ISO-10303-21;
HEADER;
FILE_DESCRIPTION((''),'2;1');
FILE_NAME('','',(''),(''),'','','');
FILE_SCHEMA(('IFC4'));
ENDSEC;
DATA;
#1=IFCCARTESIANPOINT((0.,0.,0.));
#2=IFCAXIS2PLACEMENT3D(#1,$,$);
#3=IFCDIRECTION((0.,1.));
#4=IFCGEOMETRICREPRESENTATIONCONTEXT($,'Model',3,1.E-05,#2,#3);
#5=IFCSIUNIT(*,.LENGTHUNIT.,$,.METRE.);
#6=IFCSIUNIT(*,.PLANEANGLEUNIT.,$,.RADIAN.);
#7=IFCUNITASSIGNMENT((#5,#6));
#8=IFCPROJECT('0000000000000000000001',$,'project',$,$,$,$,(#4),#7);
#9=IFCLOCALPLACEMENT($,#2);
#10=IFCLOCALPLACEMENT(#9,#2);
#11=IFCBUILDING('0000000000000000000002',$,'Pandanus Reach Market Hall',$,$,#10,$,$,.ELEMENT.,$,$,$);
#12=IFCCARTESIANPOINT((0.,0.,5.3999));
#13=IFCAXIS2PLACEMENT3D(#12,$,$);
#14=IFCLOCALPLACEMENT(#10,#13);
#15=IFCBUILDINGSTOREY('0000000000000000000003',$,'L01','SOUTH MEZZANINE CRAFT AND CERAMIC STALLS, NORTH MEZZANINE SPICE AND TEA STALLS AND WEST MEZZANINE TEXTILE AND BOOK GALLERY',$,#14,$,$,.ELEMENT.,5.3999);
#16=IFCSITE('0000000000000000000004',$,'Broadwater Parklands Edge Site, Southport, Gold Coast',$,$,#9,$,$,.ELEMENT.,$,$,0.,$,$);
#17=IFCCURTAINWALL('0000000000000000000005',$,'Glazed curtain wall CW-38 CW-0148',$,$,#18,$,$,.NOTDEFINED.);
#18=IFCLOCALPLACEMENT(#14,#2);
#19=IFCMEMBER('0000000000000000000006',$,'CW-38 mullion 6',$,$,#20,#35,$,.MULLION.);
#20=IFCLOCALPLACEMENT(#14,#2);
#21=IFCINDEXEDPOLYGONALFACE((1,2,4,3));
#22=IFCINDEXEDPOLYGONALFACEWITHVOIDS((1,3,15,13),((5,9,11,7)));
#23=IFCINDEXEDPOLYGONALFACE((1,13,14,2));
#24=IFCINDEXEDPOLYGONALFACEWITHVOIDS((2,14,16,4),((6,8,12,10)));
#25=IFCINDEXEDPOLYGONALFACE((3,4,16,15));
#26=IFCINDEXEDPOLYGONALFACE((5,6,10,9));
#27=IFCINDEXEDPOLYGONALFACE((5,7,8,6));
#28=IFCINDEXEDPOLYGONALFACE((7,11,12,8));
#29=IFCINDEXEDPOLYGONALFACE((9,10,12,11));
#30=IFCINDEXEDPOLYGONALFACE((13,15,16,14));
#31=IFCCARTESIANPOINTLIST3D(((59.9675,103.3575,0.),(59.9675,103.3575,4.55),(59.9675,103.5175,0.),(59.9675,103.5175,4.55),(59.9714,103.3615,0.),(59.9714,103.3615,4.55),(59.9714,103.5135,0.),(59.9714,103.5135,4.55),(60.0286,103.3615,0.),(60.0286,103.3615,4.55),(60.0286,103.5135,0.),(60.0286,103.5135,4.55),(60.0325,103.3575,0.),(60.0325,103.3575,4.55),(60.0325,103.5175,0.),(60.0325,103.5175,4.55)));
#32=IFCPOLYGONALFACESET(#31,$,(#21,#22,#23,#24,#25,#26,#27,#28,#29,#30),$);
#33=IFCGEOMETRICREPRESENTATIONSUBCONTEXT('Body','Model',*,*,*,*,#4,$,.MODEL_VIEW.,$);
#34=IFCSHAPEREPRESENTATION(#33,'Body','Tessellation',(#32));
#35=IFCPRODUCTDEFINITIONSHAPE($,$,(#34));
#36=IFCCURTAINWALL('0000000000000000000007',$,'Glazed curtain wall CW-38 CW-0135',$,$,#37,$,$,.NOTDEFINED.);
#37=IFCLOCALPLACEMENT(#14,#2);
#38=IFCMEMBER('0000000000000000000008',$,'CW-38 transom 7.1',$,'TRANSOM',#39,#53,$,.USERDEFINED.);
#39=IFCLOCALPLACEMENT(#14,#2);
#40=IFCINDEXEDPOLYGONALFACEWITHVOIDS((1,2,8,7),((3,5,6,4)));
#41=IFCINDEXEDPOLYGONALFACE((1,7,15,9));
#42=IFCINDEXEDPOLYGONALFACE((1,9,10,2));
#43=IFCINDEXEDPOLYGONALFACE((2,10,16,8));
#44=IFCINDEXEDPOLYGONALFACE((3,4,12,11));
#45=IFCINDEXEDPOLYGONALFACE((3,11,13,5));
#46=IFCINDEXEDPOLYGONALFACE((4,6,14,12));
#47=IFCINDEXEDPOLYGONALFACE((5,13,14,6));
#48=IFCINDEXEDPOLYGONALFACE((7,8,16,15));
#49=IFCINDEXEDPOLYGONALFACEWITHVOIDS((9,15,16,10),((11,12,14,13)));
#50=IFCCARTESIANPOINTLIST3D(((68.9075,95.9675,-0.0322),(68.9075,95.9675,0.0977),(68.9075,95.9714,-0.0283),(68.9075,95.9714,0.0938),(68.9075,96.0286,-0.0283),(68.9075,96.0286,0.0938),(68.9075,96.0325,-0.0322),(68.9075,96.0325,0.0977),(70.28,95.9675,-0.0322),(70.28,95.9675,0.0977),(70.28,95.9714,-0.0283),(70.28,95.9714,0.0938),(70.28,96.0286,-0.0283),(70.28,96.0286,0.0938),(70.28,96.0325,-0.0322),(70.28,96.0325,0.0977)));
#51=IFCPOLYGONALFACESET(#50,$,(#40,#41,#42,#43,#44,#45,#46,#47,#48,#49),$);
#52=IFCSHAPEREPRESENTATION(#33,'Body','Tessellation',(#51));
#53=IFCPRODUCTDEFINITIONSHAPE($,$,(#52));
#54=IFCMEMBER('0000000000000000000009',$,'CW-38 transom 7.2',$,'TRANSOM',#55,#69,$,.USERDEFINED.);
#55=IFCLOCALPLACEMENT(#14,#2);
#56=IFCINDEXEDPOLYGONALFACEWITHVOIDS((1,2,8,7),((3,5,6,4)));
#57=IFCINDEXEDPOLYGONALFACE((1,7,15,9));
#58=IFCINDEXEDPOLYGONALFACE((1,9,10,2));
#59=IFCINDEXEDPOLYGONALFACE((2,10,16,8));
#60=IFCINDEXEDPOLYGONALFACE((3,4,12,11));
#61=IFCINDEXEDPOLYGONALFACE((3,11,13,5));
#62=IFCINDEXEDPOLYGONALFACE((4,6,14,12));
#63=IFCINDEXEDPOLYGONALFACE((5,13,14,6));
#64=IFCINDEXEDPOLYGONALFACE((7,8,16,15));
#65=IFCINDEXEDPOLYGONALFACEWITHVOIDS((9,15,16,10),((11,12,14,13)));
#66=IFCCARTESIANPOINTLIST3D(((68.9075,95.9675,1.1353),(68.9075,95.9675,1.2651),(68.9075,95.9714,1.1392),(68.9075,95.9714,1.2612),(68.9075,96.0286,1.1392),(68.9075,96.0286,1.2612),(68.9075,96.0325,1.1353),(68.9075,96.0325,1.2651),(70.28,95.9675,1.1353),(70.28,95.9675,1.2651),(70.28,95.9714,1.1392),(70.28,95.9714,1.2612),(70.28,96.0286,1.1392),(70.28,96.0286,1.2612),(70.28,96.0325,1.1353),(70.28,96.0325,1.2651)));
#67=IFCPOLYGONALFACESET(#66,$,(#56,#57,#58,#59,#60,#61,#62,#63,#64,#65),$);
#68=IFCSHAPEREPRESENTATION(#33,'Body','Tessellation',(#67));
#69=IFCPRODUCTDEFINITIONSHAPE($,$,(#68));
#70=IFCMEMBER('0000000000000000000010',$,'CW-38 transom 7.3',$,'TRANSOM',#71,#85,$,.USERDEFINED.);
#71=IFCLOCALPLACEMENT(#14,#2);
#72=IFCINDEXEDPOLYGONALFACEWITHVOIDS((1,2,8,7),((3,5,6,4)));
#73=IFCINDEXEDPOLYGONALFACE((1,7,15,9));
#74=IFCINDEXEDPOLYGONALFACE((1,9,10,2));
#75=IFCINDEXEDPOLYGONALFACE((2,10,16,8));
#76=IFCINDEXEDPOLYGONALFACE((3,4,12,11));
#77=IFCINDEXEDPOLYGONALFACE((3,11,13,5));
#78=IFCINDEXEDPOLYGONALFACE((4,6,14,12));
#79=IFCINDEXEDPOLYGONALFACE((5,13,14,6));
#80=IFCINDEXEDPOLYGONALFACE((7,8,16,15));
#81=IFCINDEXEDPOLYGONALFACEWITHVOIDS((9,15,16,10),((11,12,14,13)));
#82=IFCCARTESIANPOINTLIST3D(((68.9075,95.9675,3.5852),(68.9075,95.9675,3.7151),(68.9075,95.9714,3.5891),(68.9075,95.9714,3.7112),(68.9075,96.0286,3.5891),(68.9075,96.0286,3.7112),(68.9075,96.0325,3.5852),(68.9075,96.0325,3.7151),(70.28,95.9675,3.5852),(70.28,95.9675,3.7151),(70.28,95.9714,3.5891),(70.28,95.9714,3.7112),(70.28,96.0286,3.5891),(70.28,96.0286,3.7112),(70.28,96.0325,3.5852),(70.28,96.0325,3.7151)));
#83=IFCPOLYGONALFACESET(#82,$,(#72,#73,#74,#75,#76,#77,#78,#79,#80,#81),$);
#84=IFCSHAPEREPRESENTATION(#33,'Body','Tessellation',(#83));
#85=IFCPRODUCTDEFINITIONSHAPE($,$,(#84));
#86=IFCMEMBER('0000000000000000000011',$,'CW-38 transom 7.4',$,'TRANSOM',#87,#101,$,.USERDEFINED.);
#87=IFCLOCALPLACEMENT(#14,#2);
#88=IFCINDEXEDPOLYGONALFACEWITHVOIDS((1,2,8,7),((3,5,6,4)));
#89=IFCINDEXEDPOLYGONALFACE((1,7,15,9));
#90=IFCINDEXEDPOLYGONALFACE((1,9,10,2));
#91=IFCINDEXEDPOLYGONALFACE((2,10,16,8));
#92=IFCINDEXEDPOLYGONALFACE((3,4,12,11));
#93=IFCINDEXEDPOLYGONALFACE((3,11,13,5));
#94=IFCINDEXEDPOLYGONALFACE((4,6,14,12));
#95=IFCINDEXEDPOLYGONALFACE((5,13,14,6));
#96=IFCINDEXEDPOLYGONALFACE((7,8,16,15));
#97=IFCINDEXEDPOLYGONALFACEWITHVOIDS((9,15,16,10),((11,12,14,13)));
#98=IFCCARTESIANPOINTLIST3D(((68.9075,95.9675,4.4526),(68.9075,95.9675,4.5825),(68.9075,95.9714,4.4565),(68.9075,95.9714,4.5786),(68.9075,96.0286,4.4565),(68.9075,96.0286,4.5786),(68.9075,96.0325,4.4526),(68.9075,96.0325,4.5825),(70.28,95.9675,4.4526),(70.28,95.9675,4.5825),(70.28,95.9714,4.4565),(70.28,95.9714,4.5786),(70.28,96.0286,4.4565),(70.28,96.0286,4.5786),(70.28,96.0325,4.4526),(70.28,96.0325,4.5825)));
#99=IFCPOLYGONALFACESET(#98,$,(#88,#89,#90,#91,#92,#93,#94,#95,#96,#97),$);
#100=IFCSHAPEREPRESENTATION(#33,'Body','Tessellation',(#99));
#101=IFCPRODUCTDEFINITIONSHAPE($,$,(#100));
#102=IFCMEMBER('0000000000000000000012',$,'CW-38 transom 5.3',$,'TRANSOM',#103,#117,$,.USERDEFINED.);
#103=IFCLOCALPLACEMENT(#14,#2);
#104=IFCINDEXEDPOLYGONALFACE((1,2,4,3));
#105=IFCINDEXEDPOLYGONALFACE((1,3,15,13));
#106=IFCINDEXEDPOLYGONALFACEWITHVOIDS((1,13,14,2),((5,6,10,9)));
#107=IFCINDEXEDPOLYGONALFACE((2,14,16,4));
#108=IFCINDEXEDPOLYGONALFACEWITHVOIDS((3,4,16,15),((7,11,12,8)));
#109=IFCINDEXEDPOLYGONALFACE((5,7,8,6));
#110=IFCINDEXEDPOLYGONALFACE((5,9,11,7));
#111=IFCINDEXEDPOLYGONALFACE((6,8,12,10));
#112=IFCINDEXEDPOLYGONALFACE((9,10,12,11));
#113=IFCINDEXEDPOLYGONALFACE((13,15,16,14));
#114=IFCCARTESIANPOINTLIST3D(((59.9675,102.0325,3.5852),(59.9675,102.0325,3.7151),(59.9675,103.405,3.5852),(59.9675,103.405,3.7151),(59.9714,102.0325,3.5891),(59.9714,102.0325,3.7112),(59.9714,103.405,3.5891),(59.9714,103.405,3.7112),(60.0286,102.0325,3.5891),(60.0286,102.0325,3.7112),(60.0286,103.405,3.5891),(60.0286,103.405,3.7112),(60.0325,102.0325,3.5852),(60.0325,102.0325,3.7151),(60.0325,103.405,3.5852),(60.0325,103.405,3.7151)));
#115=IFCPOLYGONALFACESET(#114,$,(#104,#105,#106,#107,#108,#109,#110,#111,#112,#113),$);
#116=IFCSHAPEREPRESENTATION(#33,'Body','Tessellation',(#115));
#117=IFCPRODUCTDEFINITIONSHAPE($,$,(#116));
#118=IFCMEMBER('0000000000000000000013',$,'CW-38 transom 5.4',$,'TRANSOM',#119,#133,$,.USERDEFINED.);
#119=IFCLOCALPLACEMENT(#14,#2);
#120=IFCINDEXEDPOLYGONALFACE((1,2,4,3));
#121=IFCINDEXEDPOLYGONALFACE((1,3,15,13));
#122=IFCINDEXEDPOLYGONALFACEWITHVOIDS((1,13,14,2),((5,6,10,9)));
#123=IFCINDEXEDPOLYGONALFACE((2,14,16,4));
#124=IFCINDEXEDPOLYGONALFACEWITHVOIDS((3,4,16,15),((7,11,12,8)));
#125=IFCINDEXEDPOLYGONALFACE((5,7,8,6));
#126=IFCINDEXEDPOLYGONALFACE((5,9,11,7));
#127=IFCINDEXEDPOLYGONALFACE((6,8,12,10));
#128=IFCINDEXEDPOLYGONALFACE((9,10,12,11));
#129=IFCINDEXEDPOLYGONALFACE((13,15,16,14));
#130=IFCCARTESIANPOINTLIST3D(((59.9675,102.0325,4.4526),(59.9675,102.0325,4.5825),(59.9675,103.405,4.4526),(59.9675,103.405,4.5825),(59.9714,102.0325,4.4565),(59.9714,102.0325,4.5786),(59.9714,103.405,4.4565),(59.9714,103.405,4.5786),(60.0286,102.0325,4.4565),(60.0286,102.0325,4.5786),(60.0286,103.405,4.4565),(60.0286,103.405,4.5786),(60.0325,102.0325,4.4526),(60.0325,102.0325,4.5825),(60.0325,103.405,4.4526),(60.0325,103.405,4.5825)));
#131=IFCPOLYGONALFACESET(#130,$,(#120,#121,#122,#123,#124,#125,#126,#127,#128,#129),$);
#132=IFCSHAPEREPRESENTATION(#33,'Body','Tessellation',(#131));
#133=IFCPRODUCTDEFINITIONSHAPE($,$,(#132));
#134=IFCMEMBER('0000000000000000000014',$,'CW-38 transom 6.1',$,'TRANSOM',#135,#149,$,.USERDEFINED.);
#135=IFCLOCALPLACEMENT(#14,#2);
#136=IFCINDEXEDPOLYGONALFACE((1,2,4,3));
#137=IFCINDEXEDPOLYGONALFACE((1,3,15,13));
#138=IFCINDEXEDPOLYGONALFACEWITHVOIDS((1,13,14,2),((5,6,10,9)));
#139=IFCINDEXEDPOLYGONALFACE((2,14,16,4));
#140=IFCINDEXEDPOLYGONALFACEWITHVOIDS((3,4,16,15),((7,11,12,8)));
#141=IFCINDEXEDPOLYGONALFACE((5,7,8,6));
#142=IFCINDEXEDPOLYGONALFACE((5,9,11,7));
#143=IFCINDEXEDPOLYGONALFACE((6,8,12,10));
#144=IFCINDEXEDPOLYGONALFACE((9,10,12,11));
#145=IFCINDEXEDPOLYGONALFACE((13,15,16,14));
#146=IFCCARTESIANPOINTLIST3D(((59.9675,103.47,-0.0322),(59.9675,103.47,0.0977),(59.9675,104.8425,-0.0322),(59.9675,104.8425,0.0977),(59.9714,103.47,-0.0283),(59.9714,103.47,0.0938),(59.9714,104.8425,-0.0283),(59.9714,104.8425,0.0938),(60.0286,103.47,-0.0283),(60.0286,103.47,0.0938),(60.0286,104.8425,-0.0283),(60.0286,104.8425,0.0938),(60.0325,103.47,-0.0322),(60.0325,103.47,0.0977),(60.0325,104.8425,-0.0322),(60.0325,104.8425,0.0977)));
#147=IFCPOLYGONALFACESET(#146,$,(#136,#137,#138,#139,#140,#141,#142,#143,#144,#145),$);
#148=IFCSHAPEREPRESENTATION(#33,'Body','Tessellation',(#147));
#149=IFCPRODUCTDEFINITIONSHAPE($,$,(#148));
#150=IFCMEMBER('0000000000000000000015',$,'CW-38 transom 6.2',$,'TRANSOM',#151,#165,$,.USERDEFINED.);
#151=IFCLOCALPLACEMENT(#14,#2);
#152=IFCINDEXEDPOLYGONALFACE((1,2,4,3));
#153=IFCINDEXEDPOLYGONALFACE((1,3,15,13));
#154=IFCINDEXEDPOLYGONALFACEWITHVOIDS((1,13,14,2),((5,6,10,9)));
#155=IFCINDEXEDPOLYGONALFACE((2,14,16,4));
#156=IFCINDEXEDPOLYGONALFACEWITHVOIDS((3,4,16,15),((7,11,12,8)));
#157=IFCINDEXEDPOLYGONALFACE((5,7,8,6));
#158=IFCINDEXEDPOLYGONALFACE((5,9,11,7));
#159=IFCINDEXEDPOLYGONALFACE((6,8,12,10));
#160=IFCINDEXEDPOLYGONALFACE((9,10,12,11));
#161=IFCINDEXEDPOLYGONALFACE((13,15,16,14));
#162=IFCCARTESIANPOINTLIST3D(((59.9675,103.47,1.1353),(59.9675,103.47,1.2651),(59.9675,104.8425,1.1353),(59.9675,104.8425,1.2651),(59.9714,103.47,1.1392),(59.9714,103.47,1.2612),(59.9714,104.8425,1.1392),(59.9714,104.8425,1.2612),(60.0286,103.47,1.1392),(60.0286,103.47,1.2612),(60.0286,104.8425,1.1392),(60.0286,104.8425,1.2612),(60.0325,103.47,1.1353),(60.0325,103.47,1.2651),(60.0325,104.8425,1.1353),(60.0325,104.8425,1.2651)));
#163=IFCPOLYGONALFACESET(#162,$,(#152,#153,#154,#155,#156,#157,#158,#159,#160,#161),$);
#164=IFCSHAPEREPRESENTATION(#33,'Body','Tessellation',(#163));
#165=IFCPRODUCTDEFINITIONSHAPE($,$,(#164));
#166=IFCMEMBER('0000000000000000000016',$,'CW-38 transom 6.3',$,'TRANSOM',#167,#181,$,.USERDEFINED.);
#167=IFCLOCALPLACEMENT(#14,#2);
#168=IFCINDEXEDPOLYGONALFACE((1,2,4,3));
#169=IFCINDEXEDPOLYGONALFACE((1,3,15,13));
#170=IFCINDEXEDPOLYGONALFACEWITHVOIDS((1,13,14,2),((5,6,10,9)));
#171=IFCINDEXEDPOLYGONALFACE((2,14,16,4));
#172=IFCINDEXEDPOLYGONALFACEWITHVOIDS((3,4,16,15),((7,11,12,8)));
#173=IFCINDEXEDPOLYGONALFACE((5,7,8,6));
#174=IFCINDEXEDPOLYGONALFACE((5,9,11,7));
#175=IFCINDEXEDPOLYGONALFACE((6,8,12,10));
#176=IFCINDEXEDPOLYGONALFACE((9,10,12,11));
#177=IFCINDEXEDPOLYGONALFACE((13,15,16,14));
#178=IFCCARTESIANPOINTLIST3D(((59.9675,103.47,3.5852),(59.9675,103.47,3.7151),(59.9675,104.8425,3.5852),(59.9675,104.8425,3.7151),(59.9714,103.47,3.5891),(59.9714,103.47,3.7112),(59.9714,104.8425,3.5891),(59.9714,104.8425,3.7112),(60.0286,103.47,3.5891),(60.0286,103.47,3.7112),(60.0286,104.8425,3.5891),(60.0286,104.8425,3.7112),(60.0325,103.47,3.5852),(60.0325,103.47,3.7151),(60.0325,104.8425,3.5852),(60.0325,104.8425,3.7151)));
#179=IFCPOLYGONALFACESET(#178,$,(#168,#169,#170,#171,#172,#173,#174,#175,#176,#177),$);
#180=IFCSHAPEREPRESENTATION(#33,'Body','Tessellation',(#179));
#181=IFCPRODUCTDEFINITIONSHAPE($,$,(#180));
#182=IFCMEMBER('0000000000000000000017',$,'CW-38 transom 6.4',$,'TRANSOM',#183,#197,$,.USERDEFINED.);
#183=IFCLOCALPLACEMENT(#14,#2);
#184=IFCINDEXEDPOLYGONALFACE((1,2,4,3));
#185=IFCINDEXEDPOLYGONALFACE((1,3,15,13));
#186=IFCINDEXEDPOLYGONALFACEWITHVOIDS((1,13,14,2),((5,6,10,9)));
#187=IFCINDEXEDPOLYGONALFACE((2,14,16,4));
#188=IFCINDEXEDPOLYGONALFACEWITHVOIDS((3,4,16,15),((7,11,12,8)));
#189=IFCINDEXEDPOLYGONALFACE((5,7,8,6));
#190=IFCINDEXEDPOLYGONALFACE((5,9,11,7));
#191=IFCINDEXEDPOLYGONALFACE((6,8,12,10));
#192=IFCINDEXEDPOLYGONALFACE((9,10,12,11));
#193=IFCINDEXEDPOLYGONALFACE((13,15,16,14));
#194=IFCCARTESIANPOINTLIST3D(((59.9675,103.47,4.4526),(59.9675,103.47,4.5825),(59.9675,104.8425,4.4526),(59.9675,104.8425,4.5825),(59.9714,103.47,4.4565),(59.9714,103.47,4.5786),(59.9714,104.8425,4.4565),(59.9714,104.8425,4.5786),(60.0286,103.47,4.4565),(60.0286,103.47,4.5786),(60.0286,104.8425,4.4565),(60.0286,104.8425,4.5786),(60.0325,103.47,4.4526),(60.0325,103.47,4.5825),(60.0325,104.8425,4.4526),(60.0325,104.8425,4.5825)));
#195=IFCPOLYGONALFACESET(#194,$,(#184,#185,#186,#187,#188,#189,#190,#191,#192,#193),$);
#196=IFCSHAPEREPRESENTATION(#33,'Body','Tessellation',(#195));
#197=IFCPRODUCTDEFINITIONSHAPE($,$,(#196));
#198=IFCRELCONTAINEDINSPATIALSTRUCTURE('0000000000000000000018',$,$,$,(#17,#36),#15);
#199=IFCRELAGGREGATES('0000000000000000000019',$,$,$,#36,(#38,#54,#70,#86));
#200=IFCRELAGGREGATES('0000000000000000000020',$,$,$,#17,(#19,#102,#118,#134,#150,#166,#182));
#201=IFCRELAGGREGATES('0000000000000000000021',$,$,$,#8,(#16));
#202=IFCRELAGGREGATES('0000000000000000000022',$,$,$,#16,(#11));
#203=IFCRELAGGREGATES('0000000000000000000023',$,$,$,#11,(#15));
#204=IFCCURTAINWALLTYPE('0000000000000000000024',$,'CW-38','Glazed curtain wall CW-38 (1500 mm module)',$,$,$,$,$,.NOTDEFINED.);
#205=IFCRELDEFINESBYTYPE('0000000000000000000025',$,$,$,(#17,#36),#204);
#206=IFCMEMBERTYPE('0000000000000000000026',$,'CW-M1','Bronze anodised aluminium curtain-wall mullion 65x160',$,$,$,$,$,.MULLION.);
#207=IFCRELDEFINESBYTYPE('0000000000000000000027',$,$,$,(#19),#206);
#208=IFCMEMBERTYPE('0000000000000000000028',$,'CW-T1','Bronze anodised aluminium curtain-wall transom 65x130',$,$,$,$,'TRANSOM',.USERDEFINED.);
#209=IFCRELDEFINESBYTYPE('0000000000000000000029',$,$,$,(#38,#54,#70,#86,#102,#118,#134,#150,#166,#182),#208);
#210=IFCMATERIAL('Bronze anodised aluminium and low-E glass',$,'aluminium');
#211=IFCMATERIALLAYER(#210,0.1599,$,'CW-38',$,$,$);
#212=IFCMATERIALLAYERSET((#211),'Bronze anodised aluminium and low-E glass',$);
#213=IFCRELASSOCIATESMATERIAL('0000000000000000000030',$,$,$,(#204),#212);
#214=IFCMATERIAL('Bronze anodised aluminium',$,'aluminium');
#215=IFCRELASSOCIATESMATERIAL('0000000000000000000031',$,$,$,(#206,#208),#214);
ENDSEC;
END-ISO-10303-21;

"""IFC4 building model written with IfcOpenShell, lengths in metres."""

from ifc_helpers import new_model, si_unit, direction, frame, origin, origin_2d, place, context, subcontext, project, spatial, hollow_rectangle, extrude, material, layer, layer_set, material_profile, profile_set, type_object, element, aggregate, save


model = new_model("IFC4")

# Units and contexts
model_context = context("Model", 3, precision=1e-05, world=origin(), true_north=direction((0.0, 1.0)))
body_context = subcontext(model_context, "Body", "Model", "MODEL_VIEW")
ifc_project = project(units=[si_unit("LENGTHUNIT", "METRE"), si_unit("PLANEANGLEUNIT", "RADIAN")], contexts=[model_context])

# Site, building, storey
site_placement = place(None, origin())
site = spatial("IfcSite", under=ifc_project, at=site_placement, Name="Broadwater Parklands Edge Site, Southport, Gold Coast", CompositionType="ELEMENT", RefElevation=0.0)
building_placement = place(site_placement, origin())
building = spatial("IfcBuilding", under=site, at=building_placement, Name="Pandanus Reach Market Hall", CompositionType="ELEMENT")
storey_placement = place(building_placement, frame((0.0, 0.0, 5.3999)))
storey = spatial("IfcBuildingStorey", under=building, at=storey_placement, Name="L01", Description="SOUTH MEZZANINE CRAFT AND CERAMIC STALLS, NORTH MEZZANINE SPICE AND TEA STALLS AND WEST MEZZANINE TEXTILE AND BOOK GALLERY", CompositionType="ELEMENT", Elevation=5.3999)

# Curtain wall, member
ifc_material_1 = material(Name="Bronze anodised aluminium and low-E glass", Category="aluminium")
ifc_layer_1 = layer(ifc_material_1, 0.1599, Name="CW-38")
ifc_layer_set_1 = layer_set([ifc_layer_1], Name="Bronze anodised aluminium and low-E glass")
curtain_wall_type = type_object("IfcCurtainWallType", Name="CW-38", Description="Glazed curtain wall CW-38 (1500 mm module)", PredefinedType="NOTDEFINED", material=ifc_layer_set_1)
curtain_wall_1_placement = place(storey_placement, origin())
curtain_wall_1 = element("IfcCurtainWall", 1, at=curtain_wall_1_placement, inside=storey, type_object=curtain_wall_type, Name="Glazed curtain wall CW-38 CW-0148", PredefinedType="NOTDEFINED")
ifc_material_2 = material(Name="Bronze anodised aluminium", Category="aluminium")
ifc_material_profile_1 = material_profile(ifc_material_2, hollow_rectangle(XDim=0.0649, YDim=0.1599, WallThickness=0.0039, at=origin_2d()), Name="ALU65x160", Category="LoadBearing")
ifc_profile_set_1 = profile_set([ifc_material_profile_1], Name="Bronze anodised aluminium")
member_type_1 = type_object("IfcMemberType", Name="CW-M1", Description="Bronze anodised aluminium curtain-wall mullion 65x160", PredefinedType="MULLION", material=ifc_profile_set_1)
member_1_placement = place(storey_placement, frame((60.0, 103.4375, 0.0), z_axis=(0.0, 0.0, 1.0), x_axis=(-1.0, 0.0, 0.0)))
member_1 = element("IfcMember", 2, at=member_1_placement, type_object=member_type_1, Name="CW-38 mullion 6", PredefinedType="MULLION", context=body_context, shape_type="SweptSolid", body=[
    extrude(hollow_rectangle(XDim=0.0649, YDim=0.1599, WallThickness=0.0039, at=origin_2d()), origin(), (0.0, 0.0, 1.0), 4.55),
])

# Curtain wall, members
curtain_wall_2_placement = place(storey_placement, origin())
curtain_wall_2 = element("IfcCurtainWall", 3, at=curtain_wall_2_placement, inside=storey, type_object=curtain_wall_type, Name="Glazed curtain wall CW-38 CW-0135", PredefinedType="NOTDEFINED")
ifc_material_profile_2 = material_profile(ifc_material_2, hollow_rectangle(XDim=0.0649, YDim=0.1299, WallThickness=0.0039, at=origin_2d()), Name="ALU65x130", Category="LoadBearing")
ifc_profile_set_2 = profile_set([ifc_material_profile_2], Name="Bronze anodised aluminium")
member_type_2 = type_object("IfcMemberType", Name="CW-T1", Description="Bronze anodised aluminium curtain-wall transom 65x130", ElementType="TRANSOM", PredefinedType="USERDEFINED", material=ifc_profile_set_2)
member_2_placement = place(storey_placement, frame((68.9075, 96.0, 0.0327), z_axis=(1.0, 0.0, 0.0), x_axis=(0.0, 1.0, 0.0)))
member_2 = element("IfcMember", 4, at=member_2_placement, type_object=member_type_2, Name="CW-38 transom 7.1", ObjectType="TRANSOM", PredefinedType="USERDEFINED", context=body_context, shape_type="SweptSolid", body=[
    extrude(hollow_rectangle(XDim=0.0649, YDim=0.1299, WallThickness=0.0039, at=origin_2d()), origin(), (0.0, 0.0, 1.0), 1.3726),
])
member_3_placement = place(storey_placement, frame((68.9075, 96.0, 1.2002), z_axis=(1.0, 0.0, 0.0), x_axis=(0.0, 1.0, 0.0)))
member_3 = element("IfcMember", 5, at=member_3_placement, type_object=member_type_2, Name="CW-38 transom 7.2", ObjectType="TRANSOM", PredefinedType="USERDEFINED", context=body_context, shape_type="SweptSolid", body=[
    extrude(hollow_rectangle(XDim=0.0649, YDim=0.1299, WallThickness=0.0039, at=origin_2d()), origin(), (0.0, 0.0, 1.0), 1.3726),
])
member_4_placement = place(storey_placement, frame((68.9075, 96.0, 3.6501), z_axis=(1.0, 0.0, 0.0), x_axis=(0.0, 1.0, 0.0)))
member_4 = element("IfcMember", 6, at=member_4_placement, type_object=member_type_2, Name="CW-38 transom 7.3", ObjectType="TRANSOM", PredefinedType="USERDEFINED", context=body_context, shape_type="SweptSolid", body=[
    extrude(hollow_rectangle(XDim=0.0649, YDim=0.1299, WallThickness=0.0039, at=origin_2d()), origin(), (0.0, 0.0, 1.0), 1.3726),
])
member_5_placement = place(storey_placement, frame((68.9075, 96.0, 4.5176), z_axis=(1.0, 0.0, 0.0), x_axis=(0.0, 1.0, 0.0)))
member_5 = element("IfcMember", 7, at=member_5_placement, type_object=member_type_2, Name="CW-38 transom 7.4", ObjectType="TRANSOM", PredefinedType="USERDEFINED", context=body_context, shape_type="SweptSolid", body=[
    extrude(hollow_rectangle(XDim=0.0649, YDim=0.1299, WallThickness=0.0039, at=origin_2d()), origin(), (0.0, 0.0, 1.0), 1.3726),
])

# Members
member_6_placement = place(storey_placement, frame((60.0, 102.0325, 3.6501), z_axis=(0.0, 1.0, 0.0), x_axis=(-1.0, 0.0, 0.0)))
member_6 = element("IfcMember", 8, at=member_6_placement, type_object=member_type_2, Name="CW-38 transom 5.3", ObjectType="TRANSOM", PredefinedType="USERDEFINED", context=body_context, shape_type="SweptSolid", body=[
    extrude(hollow_rectangle(XDim=0.0649, YDim=0.1299, WallThickness=0.0039, at=origin_2d()), origin(), (0.0, 0.0, 1.0), 1.3726),
])
member_7_placement = place(storey_placement, frame((60.0, 102.0325, 4.5176), z_axis=(0.0, 1.0, 0.0), x_axis=(-1.0, 0.0, 0.0)))
member_7 = element("IfcMember", 9, at=member_7_placement, type_object=member_type_2, Name="CW-38 transom 5.4", ObjectType="TRANSOM", PredefinedType="USERDEFINED", context=body_context, shape_type="SweptSolid", body=[
    extrude(hollow_rectangle(XDim=0.0649, YDim=0.1299, WallThickness=0.0039, at=origin_2d()), origin(), (0.0, 0.0, 1.0), 1.3726),
])
member_8_placement = place(storey_placement, frame((60.0, 103.47, 0.0327), z_axis=(0.0, 1.0, 0.0), x_axis=(-1.0, 0.0, 0.0)))
member_8 = element("IfcMember", 10, at=member_8_placement, type_object=member_type_2, Name="CW-38 transom 6.1", ObjectType="TRANSOM", PredefinedType="USERDEFINED", context=body_context, shape_type="SweptSolid", body=[
    extrude(hollow_rectangle(XDim=0.0649, YDim=0.1299, WallThickness=0.0039, at=origin_2d()), origin(), (0.0, 0.0, 1.0), 1.3726),
])
member_9_placement = place(storey_placement, frame((60.0, 103.47, 1.2002), z_axis=(0.0, 1.0, 0.0), x_axis=(-1.0, 0.0, 0.0)))
member_9 = element("IfcMember", 11, at=member_9_placement, type_object=member_type_2, Name="CW-38 transom 6.2", ObjectType="TRANSOM", PredefinedType="USERDEFINED", context=body_context, shape_type="SweptSolid", body=[
    extrude(hollow_rectangle(XDim=0.0649, YDim=0.1299, WallThickness=0.0039, at=origin_2d()), origin(), (0.0, 0.0, 1.0), 1.3726),
])
member_10_placement = place(storey_placement, frame((60.0, 103.47, 3.6501), z_axis=(0.0, 1.0, 0.0), x_axis=(-1.0, 0.0, 0.0)))
member_10 = element("IfcMember", 12, at=member_10_placement, type_object=member_type_2, Name="CW-38 transom 6.3", ObjectType="TRANSOM", PredefinedType="USERDEFINED", context=body_context, shape_type="SweptSolid", body=[
    extrude(hollow_rectangle(XDim=0.0649, YDim=0.1299, WallThickness=0.0039, at=origin_2d()), origin(), (0.0, 0.0, 1.0), 1.3726),
])
member_11_placement = place(storey_placement, frame((60.0, 103.47, 4.5176), z_axis=(0.0, 1.0, 0.0), x_axis=(-1.0, 0.0, 0.0)))
member_11 = element("IfcMember", 13, at=member_11_placement, type_object=member_type_2, Name="CW-38 transom 6.4", ObjectType="TRANSOM", PredefinedType="USERDEFINED", context=body_context, shape_type="SweptSolid", body=[
    extrude(hollow_rectangle(XDim=0.0649, YDim=0.1299, WallThickness=0.0039, at=origin_2d()), origin(), (0.0, 0.0, 1.0), 1.3726),
])

aggregate(curtain_wall_2, [member_2, member_3, member_4, member_5])
aggregate(curtain_wall_1, [member_1, member_6, member_7, member_8, member_9, member_10, member_11])

save(model, "model.ifc")
